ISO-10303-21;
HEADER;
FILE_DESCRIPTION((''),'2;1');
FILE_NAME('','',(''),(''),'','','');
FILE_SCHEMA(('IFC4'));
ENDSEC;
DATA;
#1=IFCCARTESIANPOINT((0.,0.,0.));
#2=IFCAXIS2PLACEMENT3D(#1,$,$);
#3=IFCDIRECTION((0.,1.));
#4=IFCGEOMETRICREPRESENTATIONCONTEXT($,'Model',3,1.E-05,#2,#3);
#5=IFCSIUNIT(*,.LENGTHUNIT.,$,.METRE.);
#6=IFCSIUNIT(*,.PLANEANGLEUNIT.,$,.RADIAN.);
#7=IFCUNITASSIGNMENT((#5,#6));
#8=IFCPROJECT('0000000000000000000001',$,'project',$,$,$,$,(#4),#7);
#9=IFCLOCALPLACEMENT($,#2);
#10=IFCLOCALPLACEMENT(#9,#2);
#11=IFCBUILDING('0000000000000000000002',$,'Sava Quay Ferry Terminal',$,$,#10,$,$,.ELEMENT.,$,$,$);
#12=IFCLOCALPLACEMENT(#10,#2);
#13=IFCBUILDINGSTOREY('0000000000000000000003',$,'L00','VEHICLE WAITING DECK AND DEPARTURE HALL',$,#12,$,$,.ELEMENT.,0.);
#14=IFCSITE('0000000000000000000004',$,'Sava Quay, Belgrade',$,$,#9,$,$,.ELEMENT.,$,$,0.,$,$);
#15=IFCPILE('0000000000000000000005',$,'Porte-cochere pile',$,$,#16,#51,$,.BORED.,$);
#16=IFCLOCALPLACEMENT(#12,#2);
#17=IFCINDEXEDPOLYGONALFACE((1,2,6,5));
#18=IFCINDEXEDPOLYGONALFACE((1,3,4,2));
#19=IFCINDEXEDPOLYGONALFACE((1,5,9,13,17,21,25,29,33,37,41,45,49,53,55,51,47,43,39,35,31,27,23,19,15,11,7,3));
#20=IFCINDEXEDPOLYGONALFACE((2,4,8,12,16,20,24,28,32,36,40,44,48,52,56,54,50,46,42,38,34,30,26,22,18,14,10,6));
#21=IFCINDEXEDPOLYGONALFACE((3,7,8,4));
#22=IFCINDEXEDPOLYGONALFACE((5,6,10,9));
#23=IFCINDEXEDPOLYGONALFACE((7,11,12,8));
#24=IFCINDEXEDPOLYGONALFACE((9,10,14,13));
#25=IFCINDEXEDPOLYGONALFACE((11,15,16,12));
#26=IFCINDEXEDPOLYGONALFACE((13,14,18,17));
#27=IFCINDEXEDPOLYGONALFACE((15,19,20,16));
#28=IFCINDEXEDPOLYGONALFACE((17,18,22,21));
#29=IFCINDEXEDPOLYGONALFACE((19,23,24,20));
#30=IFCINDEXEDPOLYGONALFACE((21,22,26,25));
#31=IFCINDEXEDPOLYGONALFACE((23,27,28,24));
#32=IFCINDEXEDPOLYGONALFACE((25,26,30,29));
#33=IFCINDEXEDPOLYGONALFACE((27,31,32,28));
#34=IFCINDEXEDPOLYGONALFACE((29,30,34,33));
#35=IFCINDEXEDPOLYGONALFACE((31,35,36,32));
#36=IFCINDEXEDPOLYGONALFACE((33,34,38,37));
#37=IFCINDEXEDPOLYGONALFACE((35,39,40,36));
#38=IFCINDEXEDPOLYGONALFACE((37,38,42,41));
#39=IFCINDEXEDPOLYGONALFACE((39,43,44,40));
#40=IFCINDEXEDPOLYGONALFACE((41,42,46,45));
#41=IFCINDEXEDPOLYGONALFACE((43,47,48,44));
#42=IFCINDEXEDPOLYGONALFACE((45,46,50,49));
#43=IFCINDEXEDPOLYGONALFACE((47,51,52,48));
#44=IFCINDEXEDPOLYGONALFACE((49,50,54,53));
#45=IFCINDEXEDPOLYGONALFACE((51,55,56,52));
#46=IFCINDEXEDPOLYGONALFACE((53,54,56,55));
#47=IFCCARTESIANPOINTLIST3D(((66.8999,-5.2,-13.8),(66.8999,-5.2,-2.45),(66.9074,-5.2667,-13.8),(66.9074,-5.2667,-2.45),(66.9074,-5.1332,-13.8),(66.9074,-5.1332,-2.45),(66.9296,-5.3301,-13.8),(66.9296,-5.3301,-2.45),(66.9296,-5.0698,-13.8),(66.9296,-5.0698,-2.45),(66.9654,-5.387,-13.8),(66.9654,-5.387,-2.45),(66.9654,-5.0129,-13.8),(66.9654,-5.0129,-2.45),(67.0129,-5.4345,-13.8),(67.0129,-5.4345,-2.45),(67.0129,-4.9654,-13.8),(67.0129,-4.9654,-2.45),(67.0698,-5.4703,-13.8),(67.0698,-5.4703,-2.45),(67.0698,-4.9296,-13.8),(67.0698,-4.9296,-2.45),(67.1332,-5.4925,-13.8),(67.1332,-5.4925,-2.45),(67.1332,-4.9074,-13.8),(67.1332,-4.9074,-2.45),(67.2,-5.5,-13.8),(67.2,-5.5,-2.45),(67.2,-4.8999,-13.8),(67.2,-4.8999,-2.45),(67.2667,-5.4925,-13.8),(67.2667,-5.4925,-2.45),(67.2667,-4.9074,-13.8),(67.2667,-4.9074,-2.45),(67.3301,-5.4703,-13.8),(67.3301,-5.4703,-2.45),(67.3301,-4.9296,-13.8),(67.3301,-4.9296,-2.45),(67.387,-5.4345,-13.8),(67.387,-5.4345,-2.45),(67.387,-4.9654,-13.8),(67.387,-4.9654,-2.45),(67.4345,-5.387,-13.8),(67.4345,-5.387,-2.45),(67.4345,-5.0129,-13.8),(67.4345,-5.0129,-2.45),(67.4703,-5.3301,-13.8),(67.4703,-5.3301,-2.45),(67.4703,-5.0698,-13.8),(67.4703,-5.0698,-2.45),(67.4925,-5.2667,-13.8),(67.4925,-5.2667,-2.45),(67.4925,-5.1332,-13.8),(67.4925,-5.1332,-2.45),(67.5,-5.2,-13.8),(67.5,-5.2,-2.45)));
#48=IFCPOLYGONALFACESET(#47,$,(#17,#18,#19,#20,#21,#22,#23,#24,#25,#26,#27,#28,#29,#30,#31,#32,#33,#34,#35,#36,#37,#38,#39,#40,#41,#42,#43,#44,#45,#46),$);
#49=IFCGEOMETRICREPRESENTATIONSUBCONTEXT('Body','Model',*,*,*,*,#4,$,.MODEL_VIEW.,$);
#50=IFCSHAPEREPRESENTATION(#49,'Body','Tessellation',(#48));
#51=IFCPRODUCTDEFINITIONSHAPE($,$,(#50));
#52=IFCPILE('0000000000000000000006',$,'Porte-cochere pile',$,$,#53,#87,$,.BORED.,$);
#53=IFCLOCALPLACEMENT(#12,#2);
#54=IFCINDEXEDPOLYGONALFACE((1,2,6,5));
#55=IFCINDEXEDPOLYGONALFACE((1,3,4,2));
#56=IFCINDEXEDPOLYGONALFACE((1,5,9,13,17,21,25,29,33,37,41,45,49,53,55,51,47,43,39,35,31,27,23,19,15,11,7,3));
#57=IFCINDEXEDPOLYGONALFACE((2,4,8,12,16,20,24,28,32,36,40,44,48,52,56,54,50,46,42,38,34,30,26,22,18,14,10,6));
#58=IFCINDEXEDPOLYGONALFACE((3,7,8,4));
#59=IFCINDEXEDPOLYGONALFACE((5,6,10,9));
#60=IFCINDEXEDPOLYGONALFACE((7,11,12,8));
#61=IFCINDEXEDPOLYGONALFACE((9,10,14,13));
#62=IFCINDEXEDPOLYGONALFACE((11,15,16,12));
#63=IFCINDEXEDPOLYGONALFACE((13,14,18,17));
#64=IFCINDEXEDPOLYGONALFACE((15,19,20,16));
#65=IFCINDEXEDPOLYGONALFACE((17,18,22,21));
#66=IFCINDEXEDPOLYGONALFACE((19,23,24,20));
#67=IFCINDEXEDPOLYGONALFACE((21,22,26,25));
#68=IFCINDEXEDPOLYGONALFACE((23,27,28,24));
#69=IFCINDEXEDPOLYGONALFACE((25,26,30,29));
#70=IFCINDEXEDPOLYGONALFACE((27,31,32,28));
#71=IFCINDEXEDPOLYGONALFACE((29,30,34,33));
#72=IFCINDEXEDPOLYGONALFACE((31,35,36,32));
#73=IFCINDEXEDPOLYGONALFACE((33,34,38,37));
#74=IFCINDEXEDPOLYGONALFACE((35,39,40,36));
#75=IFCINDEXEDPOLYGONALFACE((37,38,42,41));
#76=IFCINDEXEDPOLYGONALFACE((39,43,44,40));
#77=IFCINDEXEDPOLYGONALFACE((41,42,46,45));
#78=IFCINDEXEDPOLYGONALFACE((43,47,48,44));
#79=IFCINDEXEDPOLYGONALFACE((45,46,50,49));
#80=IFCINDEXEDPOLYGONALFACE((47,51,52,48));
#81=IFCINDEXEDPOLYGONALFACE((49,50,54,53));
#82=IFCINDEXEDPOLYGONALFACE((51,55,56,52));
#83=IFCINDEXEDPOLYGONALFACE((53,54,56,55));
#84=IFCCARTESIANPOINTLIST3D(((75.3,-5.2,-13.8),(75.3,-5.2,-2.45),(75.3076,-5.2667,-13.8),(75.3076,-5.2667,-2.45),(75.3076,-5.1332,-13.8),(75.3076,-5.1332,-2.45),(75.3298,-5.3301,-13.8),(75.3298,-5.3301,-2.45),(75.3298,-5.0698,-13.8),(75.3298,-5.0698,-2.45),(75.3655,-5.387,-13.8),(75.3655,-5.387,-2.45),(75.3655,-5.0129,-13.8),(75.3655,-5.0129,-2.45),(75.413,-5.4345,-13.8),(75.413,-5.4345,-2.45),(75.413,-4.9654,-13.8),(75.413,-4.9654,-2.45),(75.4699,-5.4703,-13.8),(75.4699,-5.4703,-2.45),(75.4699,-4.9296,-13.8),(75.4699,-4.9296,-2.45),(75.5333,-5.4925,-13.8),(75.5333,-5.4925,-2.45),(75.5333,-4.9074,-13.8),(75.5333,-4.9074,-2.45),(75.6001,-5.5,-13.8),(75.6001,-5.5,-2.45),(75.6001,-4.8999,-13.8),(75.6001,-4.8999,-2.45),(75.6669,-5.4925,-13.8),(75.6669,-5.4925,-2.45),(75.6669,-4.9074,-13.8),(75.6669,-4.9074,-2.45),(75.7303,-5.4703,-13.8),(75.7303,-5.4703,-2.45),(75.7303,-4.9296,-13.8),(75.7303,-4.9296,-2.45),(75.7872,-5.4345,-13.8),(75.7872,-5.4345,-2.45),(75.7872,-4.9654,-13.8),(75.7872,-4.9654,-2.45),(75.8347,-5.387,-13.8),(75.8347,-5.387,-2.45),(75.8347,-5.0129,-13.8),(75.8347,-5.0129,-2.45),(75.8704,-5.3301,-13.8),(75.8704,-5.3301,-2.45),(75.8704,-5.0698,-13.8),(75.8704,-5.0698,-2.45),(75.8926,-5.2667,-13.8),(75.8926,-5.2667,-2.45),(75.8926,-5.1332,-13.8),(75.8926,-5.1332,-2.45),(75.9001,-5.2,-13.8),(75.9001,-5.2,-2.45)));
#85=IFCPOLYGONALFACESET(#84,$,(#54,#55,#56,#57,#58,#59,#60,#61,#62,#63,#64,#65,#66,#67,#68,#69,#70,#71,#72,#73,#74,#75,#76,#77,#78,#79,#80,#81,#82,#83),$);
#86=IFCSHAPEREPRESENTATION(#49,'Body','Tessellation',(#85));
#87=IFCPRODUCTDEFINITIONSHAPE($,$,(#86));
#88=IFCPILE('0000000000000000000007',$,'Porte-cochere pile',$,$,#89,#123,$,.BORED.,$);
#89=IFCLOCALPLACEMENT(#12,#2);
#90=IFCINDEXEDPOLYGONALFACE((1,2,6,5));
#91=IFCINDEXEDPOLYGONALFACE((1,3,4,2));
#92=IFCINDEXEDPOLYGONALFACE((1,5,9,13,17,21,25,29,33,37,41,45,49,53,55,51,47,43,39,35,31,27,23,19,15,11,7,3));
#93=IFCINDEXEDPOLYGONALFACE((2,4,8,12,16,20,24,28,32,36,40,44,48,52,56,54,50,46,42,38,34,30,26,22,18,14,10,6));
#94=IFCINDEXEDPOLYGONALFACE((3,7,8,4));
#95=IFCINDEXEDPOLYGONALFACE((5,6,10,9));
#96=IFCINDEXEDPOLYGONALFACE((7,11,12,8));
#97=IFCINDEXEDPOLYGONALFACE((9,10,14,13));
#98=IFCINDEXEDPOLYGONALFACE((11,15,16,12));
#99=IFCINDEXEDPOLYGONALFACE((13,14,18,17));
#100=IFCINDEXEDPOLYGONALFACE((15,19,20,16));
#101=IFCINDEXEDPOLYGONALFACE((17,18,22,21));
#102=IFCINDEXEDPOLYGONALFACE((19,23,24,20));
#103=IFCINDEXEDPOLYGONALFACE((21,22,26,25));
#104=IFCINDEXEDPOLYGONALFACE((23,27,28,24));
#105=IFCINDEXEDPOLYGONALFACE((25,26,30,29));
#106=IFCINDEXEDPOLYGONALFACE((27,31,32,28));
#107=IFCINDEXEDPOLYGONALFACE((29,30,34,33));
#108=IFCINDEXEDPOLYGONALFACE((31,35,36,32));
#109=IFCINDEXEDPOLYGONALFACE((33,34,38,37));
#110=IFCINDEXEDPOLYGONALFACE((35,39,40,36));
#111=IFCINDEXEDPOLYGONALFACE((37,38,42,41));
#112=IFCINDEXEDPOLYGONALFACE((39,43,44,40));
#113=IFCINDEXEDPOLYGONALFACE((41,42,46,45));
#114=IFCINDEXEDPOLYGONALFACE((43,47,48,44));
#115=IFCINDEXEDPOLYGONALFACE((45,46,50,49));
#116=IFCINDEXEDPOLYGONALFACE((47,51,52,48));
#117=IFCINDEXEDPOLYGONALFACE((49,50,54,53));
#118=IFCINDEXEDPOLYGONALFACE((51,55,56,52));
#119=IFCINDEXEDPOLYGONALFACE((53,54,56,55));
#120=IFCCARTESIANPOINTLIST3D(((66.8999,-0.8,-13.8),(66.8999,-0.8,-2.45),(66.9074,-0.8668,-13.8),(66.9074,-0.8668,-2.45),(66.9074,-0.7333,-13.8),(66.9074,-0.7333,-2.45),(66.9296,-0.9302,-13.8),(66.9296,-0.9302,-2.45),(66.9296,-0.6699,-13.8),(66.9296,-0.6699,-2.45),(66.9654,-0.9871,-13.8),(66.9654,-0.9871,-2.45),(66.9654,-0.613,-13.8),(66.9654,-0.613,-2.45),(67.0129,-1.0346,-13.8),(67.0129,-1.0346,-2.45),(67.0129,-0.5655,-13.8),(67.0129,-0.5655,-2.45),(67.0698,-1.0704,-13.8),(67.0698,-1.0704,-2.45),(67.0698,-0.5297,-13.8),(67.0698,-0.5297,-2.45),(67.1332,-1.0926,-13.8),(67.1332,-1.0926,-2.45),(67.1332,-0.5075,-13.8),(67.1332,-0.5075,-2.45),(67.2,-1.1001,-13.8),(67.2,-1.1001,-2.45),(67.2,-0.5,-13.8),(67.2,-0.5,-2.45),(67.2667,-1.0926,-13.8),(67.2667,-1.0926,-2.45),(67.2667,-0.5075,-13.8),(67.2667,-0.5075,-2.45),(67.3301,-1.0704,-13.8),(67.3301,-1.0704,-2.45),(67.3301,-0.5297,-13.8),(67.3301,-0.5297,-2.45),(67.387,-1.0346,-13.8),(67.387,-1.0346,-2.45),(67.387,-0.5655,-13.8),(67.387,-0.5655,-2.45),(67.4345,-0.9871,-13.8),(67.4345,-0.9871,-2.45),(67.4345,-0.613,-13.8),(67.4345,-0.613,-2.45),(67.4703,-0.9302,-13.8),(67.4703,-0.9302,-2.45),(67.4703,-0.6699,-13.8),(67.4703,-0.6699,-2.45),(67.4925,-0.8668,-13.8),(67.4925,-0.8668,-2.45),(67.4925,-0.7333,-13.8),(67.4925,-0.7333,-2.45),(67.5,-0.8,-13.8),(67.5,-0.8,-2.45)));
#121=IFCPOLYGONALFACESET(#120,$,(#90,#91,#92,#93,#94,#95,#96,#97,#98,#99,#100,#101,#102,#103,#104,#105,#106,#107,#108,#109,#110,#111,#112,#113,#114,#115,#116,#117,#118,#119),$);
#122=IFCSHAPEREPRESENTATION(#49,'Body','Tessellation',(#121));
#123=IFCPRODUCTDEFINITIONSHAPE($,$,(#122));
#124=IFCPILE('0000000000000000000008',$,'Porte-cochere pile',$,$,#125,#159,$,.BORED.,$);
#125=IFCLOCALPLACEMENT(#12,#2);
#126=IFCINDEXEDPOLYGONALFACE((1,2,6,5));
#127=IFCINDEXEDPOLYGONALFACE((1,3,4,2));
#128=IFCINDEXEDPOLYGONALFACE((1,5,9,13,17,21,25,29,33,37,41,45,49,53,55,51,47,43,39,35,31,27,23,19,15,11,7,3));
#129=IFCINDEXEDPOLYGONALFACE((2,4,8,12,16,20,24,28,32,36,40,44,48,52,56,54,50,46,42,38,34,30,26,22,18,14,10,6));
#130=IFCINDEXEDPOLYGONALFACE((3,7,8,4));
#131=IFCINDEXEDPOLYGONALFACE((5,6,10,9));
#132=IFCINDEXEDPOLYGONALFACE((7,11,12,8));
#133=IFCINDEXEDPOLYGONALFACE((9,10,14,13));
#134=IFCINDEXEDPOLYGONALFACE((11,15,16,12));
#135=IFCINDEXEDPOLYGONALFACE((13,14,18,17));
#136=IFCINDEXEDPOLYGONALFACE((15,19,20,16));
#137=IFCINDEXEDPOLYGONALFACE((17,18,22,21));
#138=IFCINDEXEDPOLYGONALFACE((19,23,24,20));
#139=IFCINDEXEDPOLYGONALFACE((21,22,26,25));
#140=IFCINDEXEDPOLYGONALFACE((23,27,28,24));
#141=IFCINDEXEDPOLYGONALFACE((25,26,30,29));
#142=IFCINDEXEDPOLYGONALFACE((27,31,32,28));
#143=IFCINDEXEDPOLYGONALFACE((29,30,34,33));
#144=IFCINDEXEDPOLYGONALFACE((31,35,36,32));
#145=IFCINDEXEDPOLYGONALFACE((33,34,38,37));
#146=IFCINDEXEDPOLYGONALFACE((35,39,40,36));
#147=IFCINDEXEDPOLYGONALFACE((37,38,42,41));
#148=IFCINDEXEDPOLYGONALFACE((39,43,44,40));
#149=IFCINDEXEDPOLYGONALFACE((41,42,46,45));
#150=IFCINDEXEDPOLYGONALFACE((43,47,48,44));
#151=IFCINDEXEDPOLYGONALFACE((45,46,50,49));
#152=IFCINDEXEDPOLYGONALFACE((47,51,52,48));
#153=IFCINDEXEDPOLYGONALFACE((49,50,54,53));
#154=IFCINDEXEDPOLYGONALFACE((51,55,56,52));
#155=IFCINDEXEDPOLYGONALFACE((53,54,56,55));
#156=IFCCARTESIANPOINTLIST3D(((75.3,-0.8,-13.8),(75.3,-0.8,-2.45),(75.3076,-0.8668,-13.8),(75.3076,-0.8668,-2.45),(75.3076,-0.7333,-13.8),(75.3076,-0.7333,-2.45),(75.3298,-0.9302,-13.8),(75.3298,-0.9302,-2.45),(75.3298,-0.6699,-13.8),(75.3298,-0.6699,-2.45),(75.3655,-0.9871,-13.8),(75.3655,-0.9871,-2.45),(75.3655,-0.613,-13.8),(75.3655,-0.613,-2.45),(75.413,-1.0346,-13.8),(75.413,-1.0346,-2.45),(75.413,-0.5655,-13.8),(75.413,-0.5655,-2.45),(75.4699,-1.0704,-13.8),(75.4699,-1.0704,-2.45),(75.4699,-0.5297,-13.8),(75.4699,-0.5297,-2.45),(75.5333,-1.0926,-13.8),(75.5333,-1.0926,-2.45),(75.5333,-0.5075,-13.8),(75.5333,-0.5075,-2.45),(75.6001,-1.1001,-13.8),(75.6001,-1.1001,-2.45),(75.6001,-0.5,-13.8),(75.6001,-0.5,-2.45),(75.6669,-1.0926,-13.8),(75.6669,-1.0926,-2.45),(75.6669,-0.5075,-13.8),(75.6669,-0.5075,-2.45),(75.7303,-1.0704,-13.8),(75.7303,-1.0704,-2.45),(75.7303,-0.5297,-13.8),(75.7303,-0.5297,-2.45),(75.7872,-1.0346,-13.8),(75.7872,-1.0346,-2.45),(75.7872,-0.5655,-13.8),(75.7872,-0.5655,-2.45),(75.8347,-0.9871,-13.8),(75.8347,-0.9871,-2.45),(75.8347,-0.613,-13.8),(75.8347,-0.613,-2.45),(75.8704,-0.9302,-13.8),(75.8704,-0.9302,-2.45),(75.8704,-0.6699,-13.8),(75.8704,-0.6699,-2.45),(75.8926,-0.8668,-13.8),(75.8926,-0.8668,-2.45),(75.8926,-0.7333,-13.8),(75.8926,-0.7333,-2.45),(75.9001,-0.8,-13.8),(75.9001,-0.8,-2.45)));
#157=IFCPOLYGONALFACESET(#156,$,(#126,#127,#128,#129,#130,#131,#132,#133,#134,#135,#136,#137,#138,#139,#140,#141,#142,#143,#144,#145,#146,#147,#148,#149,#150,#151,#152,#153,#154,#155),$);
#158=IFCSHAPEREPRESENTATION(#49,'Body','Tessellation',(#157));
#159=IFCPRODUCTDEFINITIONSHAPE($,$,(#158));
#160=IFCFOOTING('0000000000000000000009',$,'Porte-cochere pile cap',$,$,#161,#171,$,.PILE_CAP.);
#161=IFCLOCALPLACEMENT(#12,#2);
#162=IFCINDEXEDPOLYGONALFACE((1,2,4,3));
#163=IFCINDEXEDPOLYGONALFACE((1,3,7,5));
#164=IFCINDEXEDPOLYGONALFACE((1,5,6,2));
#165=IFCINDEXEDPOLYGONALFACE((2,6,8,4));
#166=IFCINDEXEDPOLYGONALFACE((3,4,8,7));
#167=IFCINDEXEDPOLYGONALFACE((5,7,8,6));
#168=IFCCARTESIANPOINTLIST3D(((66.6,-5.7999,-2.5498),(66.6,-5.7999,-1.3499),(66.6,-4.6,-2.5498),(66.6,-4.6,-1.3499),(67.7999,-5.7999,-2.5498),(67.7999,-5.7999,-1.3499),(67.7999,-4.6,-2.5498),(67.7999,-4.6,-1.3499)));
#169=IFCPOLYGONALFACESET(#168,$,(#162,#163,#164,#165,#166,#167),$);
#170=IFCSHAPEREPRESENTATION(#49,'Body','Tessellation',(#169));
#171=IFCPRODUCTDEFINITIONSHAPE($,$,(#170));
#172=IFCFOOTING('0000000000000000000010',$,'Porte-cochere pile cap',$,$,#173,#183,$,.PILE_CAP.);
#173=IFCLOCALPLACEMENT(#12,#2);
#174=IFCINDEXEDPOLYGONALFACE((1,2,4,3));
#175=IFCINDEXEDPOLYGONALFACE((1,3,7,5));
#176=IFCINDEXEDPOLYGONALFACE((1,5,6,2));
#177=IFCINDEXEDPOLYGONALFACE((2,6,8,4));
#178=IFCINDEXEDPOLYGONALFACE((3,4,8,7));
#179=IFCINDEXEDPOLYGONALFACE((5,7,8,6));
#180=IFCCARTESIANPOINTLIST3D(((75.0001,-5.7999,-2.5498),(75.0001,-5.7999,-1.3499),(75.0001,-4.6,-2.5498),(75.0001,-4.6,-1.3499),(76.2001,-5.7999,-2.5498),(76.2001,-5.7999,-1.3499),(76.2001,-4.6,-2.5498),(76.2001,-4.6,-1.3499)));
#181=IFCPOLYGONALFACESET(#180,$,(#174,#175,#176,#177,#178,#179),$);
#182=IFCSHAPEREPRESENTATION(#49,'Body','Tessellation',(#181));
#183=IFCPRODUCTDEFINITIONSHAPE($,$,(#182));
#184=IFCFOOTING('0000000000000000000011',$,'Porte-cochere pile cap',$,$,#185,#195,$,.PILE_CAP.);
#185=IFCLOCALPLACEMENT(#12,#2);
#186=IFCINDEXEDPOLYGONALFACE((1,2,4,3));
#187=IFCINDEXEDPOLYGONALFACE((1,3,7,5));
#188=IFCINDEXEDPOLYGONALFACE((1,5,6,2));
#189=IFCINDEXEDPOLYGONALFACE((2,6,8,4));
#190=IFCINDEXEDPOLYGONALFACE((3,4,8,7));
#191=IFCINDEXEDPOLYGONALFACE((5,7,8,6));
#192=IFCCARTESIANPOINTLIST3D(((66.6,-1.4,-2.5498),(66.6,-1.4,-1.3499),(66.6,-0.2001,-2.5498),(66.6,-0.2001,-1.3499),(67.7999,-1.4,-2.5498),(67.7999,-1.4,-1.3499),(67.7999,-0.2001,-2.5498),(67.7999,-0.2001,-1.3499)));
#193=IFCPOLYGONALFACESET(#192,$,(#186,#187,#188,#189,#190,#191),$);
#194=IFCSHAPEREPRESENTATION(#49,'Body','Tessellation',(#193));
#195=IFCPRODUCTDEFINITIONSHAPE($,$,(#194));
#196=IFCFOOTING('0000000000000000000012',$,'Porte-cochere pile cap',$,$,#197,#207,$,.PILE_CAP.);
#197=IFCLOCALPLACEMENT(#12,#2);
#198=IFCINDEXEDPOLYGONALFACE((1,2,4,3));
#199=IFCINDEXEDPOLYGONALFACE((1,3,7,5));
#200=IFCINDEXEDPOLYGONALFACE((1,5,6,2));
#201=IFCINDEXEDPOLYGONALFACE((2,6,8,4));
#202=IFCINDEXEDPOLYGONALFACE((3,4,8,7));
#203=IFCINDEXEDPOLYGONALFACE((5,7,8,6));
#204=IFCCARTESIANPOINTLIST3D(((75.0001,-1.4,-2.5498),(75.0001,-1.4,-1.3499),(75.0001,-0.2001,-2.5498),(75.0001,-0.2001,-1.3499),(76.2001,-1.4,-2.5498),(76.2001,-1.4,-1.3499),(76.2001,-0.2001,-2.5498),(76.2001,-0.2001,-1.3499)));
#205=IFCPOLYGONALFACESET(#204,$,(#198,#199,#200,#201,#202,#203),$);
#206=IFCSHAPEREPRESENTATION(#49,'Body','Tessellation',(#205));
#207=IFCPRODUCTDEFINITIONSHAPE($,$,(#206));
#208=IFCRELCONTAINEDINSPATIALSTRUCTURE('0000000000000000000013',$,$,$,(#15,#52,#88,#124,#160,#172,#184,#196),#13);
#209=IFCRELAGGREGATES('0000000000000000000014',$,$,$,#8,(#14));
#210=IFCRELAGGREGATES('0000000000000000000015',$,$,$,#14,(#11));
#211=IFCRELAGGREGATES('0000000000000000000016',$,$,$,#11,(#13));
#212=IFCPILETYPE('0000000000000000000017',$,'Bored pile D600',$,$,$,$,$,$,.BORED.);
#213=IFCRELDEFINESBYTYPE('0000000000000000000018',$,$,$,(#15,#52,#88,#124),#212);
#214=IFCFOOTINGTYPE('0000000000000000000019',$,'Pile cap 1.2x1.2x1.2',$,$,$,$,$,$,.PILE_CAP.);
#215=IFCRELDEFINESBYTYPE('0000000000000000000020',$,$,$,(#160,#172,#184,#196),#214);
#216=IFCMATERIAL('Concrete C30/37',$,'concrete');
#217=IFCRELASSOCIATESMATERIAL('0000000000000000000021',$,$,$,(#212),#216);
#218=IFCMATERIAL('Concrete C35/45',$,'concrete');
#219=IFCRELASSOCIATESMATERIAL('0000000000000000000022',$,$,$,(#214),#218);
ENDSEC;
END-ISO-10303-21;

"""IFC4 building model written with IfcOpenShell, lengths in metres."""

from ifc_helpers import new_model, si_unit, direction, frame, origin, origin_2d, place, context, subcontext, project, spatial, rectangle, circle, extrude, material, material_profile, profile_set, type_object, element, save


model = new_model("IFC4")

# Units and contexts
model_context = context("Model", 3, precision=1e-05, world=origin(), true_north=direction((0.0, 1.0)))
body_context = subcontext(model_context, "Body", "Model", "MODEL_VIEW")
ifc_project = project(units=[si_unit("LENGTHUNIT", "METRE"), si_unit("PLANEANGLEUNIT", "RADIAN")], contexts=[model_context])

# Site, building, storey
site_placement = place(None, origin())
site = spatial("IfcSite", under=ifc_project, at=site_placement, Name="Sava Quay, Belgrade", CompositionType="ELEMENT", RefElevation=0.0)
building_placement = place(site_placement, origin())
building = spatial("IfcBuilding", under=site, at=building_placement, Name="Sava Quay Ferry Terminal", CompositionType="ELEMENT")
storey_placement = place(building_placement, origin())
storey = spatial("IfcBuildingStorey", under=building, at=storey_placement, Name="L00", Description="VEHICLE WAITING DECK AND DEPARTURE HALL", CompositionType="ELEMENT", Elevation=0.0)

# Piles
ifc_material_1 = material(Name="Concrete C30/37", Category="concrete")
ifc_material_profile_1 = material_profile(ifc_material_1, circle(Radius=0.3, at=origin_2d()), Name="Bored pile D600")
ifc_profile_set_1 = profile_set([ifc_material_profile_1], Name="Concrete C30/37")
pile_type = type_object("IfcPileType", Name="Bored pile D600", PredefinedType="BORED", material=ifc_profile_set_1)
for number, where, z_axis, x_axis, name in (
    (1, (67.2, -5.2, -2.45), (0.0, 0.0, -1.0), (1.0, 0.0, 0.0), "Porte-cochere pile"),
    (2, (75.6001, -5.2, -2.45), (0.0, 0.0, -1.0), (1.0, 0.0, 0.0), "Porte-cochere pile"),
    (3, (67.2, -0.8, -2.45), (0.0, 0.0, -1.0), (1.0, 0.0, 0.0), "Porte-cochere pile"),
    (4, (75.6001, -0.8, -2.45), (0.0, 0.0, -1.0), (1.0, 0.0, 0.0), "Porte-cochere pile"),
):
    element("IfcPile", number, at=place(storey_placement, frame(where, z_axis=z_axis, x_axis=x_axis)), inside=storey, type_object=pile_type, Name=name, PredefinedType="BORED", context=body_context, shape_type="SweptSolid", body=[
        extrude(circle(Radius=0.3, at=origin_2d()), origin(), (0.0, 0.0, 1.0), 11.3501),
    ])

# Footings
ifc_material_2 = material(Name="Concrete C35/45", Category="concrete")
footing_type = type_object("IfcFootingType", Name="Pile cap 1.2x1.2x1.2", PredefinedType="PILE_CAP", material=ifc_material_2)
for number, where, z_axis, x_axis, name in (
    (5, (67.2, -5.2, -2.5498), (0.0, 0.0, 1.0), (1.0, 0.0, 0.0), "Porte-cochere pile cap"),
    (6, (75.6001, -5.2, -2.5498), (0.0, 0.0, 1.0), (1.0, 0.0, 0.0), "Porte-cochere pile cap"),
    (7, (67.2, -0.8, -2.5498), (0.0, 0.0, 1.0), (1.0, 0.0, 0.0), "Porte-cochere pile cap"),
    (8, (75.6001, -0.8, -2.5498), (0.0, 0.0, 1.0), (1.0, 0.0, 0.0), "Porte-cochere pile cap"),
):
    element("IfcFooting", number, at=place(storey_placement, frame(where, z_axis=z_axis, x_axis=x_axis)), inside=storey, type_object=footing_type, Name=name, PredefinedType="PILE_CAP", context=body_context, shape_type="SweptSolid", body=[
        extrude(rectangle(XDim=1.2, YDim=1.2, at=origin_2d()), origin(), (0.0, 0.0, 1.0), 1.2),
    ])

save(model, "model.ifc")
